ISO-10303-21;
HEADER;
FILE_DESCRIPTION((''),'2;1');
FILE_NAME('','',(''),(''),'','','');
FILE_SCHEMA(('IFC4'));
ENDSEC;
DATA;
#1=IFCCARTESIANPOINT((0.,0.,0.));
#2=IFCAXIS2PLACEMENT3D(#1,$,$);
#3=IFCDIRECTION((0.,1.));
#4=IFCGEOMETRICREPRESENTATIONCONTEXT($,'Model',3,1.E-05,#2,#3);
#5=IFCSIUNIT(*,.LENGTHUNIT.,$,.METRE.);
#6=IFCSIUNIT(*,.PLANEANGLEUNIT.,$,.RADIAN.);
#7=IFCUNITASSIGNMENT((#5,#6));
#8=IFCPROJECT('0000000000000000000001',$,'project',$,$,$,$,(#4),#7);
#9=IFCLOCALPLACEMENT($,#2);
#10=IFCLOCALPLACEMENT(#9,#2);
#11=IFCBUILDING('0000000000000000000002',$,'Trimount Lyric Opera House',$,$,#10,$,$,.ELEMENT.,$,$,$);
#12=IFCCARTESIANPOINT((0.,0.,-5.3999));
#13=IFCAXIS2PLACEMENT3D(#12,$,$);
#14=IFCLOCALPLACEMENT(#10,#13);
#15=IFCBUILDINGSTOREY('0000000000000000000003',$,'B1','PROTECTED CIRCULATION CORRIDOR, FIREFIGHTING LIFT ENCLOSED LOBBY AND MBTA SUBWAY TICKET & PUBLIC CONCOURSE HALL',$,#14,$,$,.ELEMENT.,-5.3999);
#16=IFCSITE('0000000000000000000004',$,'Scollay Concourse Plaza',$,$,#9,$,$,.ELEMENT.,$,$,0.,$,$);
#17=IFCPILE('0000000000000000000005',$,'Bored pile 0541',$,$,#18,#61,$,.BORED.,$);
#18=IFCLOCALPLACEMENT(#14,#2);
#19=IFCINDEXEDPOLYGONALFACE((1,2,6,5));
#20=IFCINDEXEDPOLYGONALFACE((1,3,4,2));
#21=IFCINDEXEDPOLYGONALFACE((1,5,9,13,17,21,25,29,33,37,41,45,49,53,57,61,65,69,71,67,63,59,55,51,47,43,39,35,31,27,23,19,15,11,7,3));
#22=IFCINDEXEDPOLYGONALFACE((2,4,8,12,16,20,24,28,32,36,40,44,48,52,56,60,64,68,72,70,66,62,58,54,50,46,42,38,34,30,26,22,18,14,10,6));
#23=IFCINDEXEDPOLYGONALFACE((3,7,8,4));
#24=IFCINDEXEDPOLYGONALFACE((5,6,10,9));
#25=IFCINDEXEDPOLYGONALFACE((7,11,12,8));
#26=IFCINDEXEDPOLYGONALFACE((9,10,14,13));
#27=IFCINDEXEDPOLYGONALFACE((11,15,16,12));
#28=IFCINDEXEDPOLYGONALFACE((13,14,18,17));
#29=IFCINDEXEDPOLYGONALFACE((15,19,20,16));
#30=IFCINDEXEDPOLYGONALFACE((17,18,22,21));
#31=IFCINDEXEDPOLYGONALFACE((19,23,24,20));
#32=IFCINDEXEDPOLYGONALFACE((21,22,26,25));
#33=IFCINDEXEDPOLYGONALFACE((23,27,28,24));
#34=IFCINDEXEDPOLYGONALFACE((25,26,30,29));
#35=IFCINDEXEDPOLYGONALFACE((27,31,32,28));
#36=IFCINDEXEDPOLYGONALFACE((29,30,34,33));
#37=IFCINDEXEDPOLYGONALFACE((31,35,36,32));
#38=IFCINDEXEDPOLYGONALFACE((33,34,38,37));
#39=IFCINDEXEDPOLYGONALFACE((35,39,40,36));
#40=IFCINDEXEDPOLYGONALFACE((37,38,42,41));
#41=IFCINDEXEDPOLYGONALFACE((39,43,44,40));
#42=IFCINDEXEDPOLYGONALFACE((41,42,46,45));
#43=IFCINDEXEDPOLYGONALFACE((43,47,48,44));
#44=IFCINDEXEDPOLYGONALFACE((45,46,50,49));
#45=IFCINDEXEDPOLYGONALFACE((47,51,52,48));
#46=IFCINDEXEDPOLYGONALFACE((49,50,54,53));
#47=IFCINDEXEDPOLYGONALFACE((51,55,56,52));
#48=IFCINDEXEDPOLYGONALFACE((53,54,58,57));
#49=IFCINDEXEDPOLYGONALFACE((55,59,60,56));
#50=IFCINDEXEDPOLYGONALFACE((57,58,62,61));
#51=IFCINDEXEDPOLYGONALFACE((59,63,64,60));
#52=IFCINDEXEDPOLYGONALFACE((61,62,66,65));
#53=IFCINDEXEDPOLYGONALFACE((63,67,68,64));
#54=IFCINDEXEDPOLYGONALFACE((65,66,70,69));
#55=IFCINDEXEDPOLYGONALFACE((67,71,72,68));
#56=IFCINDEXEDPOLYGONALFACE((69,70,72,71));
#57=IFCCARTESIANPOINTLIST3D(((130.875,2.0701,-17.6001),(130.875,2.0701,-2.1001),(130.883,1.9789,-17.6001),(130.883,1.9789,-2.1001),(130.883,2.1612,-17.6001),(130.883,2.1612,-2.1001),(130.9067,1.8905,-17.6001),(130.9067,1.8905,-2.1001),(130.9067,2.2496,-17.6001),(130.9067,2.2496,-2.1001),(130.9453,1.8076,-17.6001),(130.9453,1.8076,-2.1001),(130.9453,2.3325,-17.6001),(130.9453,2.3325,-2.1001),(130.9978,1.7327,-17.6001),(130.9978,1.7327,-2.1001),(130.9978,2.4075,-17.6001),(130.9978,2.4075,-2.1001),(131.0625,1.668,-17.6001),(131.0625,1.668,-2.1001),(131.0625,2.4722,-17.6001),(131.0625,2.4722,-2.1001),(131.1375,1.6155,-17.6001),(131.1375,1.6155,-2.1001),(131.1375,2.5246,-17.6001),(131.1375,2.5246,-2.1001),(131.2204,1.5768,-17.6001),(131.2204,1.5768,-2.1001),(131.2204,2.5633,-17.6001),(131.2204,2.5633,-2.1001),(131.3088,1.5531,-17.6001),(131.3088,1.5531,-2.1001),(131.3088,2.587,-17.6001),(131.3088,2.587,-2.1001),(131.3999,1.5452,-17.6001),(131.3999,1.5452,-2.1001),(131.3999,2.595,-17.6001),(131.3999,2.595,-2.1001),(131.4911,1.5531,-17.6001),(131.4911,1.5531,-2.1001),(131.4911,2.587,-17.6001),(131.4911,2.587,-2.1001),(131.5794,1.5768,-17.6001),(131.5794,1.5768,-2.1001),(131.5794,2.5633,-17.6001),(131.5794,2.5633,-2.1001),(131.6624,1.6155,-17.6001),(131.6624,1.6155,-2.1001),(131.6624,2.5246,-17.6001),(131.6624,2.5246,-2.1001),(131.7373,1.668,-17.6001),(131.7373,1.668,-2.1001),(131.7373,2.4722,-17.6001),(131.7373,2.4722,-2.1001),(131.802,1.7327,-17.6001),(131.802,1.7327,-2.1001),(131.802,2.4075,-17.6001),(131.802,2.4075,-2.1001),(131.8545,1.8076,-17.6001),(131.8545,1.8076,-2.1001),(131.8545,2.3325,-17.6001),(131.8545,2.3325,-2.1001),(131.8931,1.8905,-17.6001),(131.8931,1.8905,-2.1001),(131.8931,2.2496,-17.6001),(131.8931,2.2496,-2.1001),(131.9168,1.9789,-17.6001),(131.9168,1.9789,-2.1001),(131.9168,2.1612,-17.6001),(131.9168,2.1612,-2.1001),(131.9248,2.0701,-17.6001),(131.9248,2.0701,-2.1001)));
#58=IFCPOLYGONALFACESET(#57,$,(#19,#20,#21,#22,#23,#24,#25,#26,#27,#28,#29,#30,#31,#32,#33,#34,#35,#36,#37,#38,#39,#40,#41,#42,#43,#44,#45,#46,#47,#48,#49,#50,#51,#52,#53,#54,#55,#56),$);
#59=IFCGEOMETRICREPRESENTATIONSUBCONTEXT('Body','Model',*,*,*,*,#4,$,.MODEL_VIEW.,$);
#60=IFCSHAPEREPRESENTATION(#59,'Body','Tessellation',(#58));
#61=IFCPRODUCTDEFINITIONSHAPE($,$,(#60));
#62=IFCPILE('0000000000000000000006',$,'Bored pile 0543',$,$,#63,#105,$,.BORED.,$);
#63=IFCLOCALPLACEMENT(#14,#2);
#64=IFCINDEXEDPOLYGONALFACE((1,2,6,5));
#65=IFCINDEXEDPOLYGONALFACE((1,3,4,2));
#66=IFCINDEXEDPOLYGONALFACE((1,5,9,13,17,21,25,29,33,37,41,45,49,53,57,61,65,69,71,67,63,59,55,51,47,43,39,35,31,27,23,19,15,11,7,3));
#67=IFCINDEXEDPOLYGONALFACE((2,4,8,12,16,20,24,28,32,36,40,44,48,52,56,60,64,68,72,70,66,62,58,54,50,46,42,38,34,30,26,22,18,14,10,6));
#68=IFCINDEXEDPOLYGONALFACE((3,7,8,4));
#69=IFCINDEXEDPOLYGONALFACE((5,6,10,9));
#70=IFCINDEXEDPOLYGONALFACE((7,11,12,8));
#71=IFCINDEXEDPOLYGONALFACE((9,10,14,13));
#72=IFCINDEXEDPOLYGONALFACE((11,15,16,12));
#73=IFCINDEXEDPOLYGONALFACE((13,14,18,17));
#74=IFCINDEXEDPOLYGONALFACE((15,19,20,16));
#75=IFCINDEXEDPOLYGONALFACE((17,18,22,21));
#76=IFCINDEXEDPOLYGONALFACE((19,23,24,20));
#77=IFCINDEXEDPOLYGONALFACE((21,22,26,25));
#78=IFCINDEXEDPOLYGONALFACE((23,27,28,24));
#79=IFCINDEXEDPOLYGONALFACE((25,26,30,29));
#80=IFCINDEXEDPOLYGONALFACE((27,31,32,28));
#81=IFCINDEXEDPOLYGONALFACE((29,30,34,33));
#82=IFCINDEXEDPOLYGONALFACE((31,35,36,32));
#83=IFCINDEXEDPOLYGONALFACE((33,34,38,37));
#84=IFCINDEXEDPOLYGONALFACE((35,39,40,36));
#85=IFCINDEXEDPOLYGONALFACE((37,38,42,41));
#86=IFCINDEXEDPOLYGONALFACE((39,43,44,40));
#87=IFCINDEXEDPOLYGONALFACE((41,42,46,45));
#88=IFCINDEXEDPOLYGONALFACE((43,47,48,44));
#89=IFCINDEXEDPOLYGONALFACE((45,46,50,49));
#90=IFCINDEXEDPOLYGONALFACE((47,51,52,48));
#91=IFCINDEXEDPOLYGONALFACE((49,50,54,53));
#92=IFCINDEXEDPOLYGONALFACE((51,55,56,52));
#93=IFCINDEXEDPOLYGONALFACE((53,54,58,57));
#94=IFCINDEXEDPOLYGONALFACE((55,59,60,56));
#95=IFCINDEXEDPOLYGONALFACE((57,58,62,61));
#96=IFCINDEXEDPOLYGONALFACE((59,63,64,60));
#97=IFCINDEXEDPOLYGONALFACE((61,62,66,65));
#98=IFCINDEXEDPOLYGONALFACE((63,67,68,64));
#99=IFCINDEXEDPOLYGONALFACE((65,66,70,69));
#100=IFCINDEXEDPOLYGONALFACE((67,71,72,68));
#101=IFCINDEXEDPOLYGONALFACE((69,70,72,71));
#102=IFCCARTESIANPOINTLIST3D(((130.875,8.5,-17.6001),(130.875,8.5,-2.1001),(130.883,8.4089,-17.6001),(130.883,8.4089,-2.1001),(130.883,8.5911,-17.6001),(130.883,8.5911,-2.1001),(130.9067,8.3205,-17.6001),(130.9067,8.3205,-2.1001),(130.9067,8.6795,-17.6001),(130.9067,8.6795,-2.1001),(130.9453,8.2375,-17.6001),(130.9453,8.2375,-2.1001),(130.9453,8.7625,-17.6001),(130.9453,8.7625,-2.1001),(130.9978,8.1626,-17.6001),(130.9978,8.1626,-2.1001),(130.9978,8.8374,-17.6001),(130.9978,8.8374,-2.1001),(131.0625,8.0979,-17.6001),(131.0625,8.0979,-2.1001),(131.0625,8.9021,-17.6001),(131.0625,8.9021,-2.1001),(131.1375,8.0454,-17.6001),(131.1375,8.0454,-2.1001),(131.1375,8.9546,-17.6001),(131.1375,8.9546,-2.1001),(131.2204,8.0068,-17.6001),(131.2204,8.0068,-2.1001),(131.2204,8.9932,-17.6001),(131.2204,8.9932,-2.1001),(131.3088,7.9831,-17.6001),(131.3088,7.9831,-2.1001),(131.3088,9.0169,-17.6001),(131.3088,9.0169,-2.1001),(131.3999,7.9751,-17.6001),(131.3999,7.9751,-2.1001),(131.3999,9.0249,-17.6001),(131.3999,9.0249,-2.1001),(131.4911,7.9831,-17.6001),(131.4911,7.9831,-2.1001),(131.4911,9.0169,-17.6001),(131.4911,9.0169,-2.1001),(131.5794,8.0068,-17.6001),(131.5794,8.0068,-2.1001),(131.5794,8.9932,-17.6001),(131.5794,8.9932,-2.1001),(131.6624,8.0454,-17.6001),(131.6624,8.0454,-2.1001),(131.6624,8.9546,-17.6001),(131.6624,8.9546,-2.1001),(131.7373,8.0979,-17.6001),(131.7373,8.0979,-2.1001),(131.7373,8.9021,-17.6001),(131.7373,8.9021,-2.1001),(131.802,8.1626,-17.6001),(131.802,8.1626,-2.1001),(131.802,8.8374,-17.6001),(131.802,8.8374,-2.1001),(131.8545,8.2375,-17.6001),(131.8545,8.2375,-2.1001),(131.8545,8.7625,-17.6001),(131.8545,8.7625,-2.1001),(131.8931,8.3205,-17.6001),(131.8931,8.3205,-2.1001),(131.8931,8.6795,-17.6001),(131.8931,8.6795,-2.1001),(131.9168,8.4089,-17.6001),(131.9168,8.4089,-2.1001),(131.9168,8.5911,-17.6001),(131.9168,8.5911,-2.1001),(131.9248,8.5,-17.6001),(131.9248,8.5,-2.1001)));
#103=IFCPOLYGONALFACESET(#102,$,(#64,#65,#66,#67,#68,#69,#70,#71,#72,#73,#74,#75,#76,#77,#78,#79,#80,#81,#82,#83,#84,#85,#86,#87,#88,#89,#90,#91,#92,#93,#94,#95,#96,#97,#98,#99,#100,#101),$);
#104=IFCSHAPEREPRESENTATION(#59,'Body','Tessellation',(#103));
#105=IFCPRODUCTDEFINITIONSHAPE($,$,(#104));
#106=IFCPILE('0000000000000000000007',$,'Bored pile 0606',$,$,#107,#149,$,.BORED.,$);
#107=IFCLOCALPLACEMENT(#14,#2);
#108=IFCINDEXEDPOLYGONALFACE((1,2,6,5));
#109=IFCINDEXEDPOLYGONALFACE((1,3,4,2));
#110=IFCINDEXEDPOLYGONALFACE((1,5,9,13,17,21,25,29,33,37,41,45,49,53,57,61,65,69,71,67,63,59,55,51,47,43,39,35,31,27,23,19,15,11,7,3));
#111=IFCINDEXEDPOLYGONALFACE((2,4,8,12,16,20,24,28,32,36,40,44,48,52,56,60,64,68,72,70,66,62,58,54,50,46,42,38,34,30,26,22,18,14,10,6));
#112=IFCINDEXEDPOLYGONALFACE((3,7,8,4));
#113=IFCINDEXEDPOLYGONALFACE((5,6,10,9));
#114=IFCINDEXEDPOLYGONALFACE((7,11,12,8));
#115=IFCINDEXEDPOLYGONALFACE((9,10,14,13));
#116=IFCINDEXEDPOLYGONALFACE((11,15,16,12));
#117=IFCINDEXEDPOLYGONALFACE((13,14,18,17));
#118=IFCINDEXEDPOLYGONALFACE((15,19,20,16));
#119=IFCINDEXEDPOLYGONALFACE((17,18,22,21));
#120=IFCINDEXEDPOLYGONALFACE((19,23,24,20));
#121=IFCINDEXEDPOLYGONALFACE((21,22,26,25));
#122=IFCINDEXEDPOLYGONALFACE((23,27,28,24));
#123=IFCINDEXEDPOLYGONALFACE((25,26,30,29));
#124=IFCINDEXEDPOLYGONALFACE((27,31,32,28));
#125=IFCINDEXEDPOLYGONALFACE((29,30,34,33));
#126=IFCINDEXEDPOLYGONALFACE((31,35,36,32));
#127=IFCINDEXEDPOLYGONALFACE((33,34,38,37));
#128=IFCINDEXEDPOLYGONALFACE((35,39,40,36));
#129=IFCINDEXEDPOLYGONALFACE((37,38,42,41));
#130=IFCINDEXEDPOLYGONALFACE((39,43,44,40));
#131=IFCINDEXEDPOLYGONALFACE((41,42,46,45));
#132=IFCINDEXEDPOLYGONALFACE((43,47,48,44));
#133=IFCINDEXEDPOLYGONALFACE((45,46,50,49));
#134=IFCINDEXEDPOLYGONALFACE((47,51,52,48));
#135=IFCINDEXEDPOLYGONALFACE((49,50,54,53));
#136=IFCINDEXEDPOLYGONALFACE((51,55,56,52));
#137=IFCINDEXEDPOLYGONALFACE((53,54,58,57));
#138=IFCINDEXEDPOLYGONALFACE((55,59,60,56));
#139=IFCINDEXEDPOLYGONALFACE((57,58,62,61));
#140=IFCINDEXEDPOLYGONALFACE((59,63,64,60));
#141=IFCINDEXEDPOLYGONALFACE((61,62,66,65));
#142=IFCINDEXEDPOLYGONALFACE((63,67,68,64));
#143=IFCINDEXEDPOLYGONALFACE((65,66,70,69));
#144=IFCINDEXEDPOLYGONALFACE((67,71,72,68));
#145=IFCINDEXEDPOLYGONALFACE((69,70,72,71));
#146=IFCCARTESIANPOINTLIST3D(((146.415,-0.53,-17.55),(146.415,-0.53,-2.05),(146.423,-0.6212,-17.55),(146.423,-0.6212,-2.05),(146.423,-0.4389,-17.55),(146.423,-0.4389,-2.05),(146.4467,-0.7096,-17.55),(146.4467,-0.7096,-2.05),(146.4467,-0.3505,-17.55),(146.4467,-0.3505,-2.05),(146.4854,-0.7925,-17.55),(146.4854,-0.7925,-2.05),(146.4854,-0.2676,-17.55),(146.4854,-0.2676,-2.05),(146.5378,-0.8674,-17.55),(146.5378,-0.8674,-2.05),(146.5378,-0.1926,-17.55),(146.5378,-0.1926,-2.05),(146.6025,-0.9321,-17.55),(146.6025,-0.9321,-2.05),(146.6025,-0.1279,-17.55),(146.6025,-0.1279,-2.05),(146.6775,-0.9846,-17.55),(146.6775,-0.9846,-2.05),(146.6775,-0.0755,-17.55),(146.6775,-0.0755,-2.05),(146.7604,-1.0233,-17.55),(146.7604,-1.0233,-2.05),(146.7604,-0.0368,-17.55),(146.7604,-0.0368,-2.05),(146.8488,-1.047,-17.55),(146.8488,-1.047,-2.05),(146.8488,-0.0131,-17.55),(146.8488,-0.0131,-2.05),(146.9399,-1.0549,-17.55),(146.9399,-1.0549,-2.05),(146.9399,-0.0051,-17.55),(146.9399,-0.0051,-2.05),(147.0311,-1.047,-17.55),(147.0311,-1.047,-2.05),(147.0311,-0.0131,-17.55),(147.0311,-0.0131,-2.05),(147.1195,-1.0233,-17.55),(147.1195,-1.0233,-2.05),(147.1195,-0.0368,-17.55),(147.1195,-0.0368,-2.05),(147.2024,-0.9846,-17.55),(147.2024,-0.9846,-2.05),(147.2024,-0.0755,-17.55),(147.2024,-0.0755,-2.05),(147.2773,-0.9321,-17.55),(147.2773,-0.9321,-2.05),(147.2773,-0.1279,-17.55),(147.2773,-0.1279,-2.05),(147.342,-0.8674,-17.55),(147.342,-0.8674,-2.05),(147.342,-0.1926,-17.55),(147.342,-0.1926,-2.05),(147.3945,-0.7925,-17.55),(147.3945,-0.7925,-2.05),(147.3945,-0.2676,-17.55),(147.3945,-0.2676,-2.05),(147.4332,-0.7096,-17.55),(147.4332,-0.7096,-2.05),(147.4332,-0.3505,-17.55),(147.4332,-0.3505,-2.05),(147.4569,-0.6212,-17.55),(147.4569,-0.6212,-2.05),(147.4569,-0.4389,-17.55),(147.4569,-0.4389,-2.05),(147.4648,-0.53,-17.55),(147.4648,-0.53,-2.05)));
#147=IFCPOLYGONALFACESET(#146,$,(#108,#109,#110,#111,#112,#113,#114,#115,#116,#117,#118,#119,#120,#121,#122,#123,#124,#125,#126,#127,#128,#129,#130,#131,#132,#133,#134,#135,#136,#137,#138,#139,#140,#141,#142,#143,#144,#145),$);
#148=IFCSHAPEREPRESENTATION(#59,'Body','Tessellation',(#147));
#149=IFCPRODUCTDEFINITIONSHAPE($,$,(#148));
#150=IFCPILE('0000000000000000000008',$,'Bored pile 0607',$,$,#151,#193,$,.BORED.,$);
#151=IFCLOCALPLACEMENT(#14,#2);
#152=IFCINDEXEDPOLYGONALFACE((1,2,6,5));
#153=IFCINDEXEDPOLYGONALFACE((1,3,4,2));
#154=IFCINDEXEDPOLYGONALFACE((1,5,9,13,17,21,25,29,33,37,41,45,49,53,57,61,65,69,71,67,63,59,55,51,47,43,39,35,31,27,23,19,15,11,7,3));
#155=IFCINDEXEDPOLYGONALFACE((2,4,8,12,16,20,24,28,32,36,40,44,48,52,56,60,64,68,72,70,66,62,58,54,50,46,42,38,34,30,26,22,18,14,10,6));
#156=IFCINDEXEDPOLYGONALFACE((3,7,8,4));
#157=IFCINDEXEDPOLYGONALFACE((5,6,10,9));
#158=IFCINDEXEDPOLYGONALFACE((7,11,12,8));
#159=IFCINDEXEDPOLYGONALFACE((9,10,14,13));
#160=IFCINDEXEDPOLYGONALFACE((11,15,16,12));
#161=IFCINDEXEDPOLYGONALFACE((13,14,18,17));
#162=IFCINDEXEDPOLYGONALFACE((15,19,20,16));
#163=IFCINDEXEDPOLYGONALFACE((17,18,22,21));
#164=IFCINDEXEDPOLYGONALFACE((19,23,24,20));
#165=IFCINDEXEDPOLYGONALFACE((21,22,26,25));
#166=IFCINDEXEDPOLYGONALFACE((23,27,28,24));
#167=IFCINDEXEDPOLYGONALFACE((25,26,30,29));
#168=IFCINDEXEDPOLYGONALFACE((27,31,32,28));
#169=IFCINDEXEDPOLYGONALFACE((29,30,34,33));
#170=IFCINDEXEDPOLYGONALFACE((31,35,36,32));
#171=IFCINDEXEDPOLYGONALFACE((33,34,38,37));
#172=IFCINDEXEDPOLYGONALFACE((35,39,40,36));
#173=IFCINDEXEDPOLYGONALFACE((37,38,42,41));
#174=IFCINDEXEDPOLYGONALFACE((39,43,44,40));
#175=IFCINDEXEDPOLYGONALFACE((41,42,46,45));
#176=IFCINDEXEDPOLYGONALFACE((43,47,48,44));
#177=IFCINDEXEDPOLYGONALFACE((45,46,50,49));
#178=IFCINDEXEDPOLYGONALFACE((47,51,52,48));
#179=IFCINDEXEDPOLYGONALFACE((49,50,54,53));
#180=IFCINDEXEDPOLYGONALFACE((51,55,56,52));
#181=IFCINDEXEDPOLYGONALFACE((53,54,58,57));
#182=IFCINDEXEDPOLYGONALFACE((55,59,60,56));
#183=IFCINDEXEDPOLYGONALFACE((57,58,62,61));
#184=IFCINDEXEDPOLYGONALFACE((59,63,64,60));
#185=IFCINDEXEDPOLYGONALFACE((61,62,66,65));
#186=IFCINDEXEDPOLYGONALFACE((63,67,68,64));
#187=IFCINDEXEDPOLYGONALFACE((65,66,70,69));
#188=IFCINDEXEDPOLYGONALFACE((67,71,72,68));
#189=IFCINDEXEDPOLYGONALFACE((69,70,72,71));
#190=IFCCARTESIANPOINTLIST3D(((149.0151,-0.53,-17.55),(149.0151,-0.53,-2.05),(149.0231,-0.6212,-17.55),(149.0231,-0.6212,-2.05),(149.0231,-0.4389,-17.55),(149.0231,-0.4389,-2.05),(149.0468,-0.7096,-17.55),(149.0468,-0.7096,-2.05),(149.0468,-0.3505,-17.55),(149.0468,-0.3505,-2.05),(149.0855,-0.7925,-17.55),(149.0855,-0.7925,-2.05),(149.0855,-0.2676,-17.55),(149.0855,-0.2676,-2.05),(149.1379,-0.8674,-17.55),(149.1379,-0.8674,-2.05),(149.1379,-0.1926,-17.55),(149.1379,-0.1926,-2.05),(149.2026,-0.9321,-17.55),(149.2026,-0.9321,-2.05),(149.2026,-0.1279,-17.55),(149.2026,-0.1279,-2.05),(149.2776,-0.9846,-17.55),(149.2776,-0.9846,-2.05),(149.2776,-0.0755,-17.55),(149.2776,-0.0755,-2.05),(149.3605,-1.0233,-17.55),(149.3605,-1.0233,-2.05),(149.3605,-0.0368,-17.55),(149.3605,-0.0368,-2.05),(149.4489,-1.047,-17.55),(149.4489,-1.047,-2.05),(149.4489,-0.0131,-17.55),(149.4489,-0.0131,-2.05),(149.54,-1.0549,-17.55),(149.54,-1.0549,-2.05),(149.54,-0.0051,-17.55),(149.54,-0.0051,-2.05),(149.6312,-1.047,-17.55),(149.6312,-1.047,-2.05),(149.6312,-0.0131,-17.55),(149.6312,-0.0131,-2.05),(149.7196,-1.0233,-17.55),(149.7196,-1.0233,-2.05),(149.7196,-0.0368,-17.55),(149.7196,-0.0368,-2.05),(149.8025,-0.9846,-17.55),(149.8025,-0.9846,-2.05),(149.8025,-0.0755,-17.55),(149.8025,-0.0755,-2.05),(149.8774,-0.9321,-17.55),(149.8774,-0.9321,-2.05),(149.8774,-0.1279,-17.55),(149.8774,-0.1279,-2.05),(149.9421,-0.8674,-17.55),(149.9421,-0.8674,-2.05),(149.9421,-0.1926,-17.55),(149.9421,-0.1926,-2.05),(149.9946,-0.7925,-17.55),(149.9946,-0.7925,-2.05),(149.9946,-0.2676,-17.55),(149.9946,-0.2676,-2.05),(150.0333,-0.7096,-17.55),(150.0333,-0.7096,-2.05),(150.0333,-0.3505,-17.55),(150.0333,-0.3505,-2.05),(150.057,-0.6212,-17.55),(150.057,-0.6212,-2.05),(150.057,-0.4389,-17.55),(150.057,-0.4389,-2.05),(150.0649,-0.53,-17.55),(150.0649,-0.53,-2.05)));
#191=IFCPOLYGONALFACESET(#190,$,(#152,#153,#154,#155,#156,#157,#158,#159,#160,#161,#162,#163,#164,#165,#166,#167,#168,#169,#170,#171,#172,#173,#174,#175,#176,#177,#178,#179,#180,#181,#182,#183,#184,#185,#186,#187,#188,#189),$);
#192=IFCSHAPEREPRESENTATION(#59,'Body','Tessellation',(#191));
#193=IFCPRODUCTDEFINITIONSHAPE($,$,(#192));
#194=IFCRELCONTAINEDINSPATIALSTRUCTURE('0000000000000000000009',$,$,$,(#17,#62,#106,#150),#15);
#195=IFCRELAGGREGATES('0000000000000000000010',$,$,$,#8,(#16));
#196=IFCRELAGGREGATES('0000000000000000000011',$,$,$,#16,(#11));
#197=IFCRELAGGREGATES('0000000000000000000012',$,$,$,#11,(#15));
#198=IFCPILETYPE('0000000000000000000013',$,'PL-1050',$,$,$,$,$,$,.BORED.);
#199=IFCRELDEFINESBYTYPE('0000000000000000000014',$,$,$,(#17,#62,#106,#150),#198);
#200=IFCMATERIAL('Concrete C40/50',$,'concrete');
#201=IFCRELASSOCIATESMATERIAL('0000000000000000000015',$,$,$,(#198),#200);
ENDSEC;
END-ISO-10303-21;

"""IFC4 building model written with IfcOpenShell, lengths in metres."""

from ifc_helpers import new_model, si_unit, direction, frame, origin, origin_2d, place, context, subcontext, project, spatial, circle, extrude, material, material_profile, profile_set, type_object, element, save


model = new_model("IFC4")

# Units and contexts
model_context = context("Model", 3, precision=1e-05, world=origin(), true_north=direction((0.0, 1.0)))
body_context = subcontext(model_context, "Body", "Model", "MODEL_VIEW")
ifc_project = project(units=[si_unit("LENGTHUNIT", "METRE"), si_unit("PLANEANGLEUNIT", "RADIAN")], contexts=[model_context])

# Site, building, storey
site_placement = place(None, origin())
site = spatial("IfcSite", under=ifc_project, at=site_placement, Name="Scollay Concourse Plaza", CompositionType="ELEMENT", RefElevation=0.0)
building_placement = place(site_placement, origin())
building = spatial("IfcBuilding", under=site, at=building_placement, Name="Trimount Lyric Opera House", CompositionType="ELEMENT")
storey_placement = place(building_placement, frame((0.0, 0.0, -5.3999)))
storey = spatial("IfcBuildingStorey", under=building, at=storey_placement, Name="B1", Description="PROTECTED CIRCULATION CORRIDOR, FIREFIGHTING LIFT ENCLOSED LOBBY AND MBTA SUBWAY TICKET & PUBLIC CONCOURSE HALL", CompositionType="ELEMENT", Elevation=-5.3999)

# Piles
ifc_material_1 = material(Name="Concrete C40/50", Category="concrete")
ifc_material_profile_1 = material_profile(ifc_material_1, circle(Radius=0.5249, at=origin_2d()), Name="PILE-D1050")
ifc_profile_set_1 = profile_set([ifc_material_profile_1], Name="Concrete C40/50")
pile_type_1 = type_object("IfcPileType", Name="PL-1050", PredefinedType="BORED", material=ifc_profile_set_1)
for number, where, z_axis, x_axis, name in (
    (1, (131.3999, 2.0701, -2.1001), (0.0, 0.0, -1.0), (1.0, 0.0, 0.0), "Bored pile 0541"),
    (2, (131.3999, 8.5, -2.1001), (0.0, 0.0, -1.0), (1.0, 0.0, 0.0), "Bored pile 0543"),
    (3, (146.9399, -0.53, -2.05), (0.0, 0.0, -1.0), (1.0, 0.0, 0.0), "Bored pile 0606"),
    (4, (149.54, -0.53, -2.05), (0.0, 0.0, -1.0), (1.0, 0.0, 0.0), "Bored pile 0607"),
):
    element("IfcPile", number, at=place(storey_placement, frame(where, z_axis=z_axis, x_axis=x_axis)), inside=storey, type_object=pile_type_1, Name=name, PredefinedType="BORED", context=body_context, shape_type="SweptSolid", body=[
        extrude(circle(Radius=0.5249, at=origin_2d()), origin(), (0.0, 0.0, 1.0), 15.5),
    ])

save(model, "model.ifc")
